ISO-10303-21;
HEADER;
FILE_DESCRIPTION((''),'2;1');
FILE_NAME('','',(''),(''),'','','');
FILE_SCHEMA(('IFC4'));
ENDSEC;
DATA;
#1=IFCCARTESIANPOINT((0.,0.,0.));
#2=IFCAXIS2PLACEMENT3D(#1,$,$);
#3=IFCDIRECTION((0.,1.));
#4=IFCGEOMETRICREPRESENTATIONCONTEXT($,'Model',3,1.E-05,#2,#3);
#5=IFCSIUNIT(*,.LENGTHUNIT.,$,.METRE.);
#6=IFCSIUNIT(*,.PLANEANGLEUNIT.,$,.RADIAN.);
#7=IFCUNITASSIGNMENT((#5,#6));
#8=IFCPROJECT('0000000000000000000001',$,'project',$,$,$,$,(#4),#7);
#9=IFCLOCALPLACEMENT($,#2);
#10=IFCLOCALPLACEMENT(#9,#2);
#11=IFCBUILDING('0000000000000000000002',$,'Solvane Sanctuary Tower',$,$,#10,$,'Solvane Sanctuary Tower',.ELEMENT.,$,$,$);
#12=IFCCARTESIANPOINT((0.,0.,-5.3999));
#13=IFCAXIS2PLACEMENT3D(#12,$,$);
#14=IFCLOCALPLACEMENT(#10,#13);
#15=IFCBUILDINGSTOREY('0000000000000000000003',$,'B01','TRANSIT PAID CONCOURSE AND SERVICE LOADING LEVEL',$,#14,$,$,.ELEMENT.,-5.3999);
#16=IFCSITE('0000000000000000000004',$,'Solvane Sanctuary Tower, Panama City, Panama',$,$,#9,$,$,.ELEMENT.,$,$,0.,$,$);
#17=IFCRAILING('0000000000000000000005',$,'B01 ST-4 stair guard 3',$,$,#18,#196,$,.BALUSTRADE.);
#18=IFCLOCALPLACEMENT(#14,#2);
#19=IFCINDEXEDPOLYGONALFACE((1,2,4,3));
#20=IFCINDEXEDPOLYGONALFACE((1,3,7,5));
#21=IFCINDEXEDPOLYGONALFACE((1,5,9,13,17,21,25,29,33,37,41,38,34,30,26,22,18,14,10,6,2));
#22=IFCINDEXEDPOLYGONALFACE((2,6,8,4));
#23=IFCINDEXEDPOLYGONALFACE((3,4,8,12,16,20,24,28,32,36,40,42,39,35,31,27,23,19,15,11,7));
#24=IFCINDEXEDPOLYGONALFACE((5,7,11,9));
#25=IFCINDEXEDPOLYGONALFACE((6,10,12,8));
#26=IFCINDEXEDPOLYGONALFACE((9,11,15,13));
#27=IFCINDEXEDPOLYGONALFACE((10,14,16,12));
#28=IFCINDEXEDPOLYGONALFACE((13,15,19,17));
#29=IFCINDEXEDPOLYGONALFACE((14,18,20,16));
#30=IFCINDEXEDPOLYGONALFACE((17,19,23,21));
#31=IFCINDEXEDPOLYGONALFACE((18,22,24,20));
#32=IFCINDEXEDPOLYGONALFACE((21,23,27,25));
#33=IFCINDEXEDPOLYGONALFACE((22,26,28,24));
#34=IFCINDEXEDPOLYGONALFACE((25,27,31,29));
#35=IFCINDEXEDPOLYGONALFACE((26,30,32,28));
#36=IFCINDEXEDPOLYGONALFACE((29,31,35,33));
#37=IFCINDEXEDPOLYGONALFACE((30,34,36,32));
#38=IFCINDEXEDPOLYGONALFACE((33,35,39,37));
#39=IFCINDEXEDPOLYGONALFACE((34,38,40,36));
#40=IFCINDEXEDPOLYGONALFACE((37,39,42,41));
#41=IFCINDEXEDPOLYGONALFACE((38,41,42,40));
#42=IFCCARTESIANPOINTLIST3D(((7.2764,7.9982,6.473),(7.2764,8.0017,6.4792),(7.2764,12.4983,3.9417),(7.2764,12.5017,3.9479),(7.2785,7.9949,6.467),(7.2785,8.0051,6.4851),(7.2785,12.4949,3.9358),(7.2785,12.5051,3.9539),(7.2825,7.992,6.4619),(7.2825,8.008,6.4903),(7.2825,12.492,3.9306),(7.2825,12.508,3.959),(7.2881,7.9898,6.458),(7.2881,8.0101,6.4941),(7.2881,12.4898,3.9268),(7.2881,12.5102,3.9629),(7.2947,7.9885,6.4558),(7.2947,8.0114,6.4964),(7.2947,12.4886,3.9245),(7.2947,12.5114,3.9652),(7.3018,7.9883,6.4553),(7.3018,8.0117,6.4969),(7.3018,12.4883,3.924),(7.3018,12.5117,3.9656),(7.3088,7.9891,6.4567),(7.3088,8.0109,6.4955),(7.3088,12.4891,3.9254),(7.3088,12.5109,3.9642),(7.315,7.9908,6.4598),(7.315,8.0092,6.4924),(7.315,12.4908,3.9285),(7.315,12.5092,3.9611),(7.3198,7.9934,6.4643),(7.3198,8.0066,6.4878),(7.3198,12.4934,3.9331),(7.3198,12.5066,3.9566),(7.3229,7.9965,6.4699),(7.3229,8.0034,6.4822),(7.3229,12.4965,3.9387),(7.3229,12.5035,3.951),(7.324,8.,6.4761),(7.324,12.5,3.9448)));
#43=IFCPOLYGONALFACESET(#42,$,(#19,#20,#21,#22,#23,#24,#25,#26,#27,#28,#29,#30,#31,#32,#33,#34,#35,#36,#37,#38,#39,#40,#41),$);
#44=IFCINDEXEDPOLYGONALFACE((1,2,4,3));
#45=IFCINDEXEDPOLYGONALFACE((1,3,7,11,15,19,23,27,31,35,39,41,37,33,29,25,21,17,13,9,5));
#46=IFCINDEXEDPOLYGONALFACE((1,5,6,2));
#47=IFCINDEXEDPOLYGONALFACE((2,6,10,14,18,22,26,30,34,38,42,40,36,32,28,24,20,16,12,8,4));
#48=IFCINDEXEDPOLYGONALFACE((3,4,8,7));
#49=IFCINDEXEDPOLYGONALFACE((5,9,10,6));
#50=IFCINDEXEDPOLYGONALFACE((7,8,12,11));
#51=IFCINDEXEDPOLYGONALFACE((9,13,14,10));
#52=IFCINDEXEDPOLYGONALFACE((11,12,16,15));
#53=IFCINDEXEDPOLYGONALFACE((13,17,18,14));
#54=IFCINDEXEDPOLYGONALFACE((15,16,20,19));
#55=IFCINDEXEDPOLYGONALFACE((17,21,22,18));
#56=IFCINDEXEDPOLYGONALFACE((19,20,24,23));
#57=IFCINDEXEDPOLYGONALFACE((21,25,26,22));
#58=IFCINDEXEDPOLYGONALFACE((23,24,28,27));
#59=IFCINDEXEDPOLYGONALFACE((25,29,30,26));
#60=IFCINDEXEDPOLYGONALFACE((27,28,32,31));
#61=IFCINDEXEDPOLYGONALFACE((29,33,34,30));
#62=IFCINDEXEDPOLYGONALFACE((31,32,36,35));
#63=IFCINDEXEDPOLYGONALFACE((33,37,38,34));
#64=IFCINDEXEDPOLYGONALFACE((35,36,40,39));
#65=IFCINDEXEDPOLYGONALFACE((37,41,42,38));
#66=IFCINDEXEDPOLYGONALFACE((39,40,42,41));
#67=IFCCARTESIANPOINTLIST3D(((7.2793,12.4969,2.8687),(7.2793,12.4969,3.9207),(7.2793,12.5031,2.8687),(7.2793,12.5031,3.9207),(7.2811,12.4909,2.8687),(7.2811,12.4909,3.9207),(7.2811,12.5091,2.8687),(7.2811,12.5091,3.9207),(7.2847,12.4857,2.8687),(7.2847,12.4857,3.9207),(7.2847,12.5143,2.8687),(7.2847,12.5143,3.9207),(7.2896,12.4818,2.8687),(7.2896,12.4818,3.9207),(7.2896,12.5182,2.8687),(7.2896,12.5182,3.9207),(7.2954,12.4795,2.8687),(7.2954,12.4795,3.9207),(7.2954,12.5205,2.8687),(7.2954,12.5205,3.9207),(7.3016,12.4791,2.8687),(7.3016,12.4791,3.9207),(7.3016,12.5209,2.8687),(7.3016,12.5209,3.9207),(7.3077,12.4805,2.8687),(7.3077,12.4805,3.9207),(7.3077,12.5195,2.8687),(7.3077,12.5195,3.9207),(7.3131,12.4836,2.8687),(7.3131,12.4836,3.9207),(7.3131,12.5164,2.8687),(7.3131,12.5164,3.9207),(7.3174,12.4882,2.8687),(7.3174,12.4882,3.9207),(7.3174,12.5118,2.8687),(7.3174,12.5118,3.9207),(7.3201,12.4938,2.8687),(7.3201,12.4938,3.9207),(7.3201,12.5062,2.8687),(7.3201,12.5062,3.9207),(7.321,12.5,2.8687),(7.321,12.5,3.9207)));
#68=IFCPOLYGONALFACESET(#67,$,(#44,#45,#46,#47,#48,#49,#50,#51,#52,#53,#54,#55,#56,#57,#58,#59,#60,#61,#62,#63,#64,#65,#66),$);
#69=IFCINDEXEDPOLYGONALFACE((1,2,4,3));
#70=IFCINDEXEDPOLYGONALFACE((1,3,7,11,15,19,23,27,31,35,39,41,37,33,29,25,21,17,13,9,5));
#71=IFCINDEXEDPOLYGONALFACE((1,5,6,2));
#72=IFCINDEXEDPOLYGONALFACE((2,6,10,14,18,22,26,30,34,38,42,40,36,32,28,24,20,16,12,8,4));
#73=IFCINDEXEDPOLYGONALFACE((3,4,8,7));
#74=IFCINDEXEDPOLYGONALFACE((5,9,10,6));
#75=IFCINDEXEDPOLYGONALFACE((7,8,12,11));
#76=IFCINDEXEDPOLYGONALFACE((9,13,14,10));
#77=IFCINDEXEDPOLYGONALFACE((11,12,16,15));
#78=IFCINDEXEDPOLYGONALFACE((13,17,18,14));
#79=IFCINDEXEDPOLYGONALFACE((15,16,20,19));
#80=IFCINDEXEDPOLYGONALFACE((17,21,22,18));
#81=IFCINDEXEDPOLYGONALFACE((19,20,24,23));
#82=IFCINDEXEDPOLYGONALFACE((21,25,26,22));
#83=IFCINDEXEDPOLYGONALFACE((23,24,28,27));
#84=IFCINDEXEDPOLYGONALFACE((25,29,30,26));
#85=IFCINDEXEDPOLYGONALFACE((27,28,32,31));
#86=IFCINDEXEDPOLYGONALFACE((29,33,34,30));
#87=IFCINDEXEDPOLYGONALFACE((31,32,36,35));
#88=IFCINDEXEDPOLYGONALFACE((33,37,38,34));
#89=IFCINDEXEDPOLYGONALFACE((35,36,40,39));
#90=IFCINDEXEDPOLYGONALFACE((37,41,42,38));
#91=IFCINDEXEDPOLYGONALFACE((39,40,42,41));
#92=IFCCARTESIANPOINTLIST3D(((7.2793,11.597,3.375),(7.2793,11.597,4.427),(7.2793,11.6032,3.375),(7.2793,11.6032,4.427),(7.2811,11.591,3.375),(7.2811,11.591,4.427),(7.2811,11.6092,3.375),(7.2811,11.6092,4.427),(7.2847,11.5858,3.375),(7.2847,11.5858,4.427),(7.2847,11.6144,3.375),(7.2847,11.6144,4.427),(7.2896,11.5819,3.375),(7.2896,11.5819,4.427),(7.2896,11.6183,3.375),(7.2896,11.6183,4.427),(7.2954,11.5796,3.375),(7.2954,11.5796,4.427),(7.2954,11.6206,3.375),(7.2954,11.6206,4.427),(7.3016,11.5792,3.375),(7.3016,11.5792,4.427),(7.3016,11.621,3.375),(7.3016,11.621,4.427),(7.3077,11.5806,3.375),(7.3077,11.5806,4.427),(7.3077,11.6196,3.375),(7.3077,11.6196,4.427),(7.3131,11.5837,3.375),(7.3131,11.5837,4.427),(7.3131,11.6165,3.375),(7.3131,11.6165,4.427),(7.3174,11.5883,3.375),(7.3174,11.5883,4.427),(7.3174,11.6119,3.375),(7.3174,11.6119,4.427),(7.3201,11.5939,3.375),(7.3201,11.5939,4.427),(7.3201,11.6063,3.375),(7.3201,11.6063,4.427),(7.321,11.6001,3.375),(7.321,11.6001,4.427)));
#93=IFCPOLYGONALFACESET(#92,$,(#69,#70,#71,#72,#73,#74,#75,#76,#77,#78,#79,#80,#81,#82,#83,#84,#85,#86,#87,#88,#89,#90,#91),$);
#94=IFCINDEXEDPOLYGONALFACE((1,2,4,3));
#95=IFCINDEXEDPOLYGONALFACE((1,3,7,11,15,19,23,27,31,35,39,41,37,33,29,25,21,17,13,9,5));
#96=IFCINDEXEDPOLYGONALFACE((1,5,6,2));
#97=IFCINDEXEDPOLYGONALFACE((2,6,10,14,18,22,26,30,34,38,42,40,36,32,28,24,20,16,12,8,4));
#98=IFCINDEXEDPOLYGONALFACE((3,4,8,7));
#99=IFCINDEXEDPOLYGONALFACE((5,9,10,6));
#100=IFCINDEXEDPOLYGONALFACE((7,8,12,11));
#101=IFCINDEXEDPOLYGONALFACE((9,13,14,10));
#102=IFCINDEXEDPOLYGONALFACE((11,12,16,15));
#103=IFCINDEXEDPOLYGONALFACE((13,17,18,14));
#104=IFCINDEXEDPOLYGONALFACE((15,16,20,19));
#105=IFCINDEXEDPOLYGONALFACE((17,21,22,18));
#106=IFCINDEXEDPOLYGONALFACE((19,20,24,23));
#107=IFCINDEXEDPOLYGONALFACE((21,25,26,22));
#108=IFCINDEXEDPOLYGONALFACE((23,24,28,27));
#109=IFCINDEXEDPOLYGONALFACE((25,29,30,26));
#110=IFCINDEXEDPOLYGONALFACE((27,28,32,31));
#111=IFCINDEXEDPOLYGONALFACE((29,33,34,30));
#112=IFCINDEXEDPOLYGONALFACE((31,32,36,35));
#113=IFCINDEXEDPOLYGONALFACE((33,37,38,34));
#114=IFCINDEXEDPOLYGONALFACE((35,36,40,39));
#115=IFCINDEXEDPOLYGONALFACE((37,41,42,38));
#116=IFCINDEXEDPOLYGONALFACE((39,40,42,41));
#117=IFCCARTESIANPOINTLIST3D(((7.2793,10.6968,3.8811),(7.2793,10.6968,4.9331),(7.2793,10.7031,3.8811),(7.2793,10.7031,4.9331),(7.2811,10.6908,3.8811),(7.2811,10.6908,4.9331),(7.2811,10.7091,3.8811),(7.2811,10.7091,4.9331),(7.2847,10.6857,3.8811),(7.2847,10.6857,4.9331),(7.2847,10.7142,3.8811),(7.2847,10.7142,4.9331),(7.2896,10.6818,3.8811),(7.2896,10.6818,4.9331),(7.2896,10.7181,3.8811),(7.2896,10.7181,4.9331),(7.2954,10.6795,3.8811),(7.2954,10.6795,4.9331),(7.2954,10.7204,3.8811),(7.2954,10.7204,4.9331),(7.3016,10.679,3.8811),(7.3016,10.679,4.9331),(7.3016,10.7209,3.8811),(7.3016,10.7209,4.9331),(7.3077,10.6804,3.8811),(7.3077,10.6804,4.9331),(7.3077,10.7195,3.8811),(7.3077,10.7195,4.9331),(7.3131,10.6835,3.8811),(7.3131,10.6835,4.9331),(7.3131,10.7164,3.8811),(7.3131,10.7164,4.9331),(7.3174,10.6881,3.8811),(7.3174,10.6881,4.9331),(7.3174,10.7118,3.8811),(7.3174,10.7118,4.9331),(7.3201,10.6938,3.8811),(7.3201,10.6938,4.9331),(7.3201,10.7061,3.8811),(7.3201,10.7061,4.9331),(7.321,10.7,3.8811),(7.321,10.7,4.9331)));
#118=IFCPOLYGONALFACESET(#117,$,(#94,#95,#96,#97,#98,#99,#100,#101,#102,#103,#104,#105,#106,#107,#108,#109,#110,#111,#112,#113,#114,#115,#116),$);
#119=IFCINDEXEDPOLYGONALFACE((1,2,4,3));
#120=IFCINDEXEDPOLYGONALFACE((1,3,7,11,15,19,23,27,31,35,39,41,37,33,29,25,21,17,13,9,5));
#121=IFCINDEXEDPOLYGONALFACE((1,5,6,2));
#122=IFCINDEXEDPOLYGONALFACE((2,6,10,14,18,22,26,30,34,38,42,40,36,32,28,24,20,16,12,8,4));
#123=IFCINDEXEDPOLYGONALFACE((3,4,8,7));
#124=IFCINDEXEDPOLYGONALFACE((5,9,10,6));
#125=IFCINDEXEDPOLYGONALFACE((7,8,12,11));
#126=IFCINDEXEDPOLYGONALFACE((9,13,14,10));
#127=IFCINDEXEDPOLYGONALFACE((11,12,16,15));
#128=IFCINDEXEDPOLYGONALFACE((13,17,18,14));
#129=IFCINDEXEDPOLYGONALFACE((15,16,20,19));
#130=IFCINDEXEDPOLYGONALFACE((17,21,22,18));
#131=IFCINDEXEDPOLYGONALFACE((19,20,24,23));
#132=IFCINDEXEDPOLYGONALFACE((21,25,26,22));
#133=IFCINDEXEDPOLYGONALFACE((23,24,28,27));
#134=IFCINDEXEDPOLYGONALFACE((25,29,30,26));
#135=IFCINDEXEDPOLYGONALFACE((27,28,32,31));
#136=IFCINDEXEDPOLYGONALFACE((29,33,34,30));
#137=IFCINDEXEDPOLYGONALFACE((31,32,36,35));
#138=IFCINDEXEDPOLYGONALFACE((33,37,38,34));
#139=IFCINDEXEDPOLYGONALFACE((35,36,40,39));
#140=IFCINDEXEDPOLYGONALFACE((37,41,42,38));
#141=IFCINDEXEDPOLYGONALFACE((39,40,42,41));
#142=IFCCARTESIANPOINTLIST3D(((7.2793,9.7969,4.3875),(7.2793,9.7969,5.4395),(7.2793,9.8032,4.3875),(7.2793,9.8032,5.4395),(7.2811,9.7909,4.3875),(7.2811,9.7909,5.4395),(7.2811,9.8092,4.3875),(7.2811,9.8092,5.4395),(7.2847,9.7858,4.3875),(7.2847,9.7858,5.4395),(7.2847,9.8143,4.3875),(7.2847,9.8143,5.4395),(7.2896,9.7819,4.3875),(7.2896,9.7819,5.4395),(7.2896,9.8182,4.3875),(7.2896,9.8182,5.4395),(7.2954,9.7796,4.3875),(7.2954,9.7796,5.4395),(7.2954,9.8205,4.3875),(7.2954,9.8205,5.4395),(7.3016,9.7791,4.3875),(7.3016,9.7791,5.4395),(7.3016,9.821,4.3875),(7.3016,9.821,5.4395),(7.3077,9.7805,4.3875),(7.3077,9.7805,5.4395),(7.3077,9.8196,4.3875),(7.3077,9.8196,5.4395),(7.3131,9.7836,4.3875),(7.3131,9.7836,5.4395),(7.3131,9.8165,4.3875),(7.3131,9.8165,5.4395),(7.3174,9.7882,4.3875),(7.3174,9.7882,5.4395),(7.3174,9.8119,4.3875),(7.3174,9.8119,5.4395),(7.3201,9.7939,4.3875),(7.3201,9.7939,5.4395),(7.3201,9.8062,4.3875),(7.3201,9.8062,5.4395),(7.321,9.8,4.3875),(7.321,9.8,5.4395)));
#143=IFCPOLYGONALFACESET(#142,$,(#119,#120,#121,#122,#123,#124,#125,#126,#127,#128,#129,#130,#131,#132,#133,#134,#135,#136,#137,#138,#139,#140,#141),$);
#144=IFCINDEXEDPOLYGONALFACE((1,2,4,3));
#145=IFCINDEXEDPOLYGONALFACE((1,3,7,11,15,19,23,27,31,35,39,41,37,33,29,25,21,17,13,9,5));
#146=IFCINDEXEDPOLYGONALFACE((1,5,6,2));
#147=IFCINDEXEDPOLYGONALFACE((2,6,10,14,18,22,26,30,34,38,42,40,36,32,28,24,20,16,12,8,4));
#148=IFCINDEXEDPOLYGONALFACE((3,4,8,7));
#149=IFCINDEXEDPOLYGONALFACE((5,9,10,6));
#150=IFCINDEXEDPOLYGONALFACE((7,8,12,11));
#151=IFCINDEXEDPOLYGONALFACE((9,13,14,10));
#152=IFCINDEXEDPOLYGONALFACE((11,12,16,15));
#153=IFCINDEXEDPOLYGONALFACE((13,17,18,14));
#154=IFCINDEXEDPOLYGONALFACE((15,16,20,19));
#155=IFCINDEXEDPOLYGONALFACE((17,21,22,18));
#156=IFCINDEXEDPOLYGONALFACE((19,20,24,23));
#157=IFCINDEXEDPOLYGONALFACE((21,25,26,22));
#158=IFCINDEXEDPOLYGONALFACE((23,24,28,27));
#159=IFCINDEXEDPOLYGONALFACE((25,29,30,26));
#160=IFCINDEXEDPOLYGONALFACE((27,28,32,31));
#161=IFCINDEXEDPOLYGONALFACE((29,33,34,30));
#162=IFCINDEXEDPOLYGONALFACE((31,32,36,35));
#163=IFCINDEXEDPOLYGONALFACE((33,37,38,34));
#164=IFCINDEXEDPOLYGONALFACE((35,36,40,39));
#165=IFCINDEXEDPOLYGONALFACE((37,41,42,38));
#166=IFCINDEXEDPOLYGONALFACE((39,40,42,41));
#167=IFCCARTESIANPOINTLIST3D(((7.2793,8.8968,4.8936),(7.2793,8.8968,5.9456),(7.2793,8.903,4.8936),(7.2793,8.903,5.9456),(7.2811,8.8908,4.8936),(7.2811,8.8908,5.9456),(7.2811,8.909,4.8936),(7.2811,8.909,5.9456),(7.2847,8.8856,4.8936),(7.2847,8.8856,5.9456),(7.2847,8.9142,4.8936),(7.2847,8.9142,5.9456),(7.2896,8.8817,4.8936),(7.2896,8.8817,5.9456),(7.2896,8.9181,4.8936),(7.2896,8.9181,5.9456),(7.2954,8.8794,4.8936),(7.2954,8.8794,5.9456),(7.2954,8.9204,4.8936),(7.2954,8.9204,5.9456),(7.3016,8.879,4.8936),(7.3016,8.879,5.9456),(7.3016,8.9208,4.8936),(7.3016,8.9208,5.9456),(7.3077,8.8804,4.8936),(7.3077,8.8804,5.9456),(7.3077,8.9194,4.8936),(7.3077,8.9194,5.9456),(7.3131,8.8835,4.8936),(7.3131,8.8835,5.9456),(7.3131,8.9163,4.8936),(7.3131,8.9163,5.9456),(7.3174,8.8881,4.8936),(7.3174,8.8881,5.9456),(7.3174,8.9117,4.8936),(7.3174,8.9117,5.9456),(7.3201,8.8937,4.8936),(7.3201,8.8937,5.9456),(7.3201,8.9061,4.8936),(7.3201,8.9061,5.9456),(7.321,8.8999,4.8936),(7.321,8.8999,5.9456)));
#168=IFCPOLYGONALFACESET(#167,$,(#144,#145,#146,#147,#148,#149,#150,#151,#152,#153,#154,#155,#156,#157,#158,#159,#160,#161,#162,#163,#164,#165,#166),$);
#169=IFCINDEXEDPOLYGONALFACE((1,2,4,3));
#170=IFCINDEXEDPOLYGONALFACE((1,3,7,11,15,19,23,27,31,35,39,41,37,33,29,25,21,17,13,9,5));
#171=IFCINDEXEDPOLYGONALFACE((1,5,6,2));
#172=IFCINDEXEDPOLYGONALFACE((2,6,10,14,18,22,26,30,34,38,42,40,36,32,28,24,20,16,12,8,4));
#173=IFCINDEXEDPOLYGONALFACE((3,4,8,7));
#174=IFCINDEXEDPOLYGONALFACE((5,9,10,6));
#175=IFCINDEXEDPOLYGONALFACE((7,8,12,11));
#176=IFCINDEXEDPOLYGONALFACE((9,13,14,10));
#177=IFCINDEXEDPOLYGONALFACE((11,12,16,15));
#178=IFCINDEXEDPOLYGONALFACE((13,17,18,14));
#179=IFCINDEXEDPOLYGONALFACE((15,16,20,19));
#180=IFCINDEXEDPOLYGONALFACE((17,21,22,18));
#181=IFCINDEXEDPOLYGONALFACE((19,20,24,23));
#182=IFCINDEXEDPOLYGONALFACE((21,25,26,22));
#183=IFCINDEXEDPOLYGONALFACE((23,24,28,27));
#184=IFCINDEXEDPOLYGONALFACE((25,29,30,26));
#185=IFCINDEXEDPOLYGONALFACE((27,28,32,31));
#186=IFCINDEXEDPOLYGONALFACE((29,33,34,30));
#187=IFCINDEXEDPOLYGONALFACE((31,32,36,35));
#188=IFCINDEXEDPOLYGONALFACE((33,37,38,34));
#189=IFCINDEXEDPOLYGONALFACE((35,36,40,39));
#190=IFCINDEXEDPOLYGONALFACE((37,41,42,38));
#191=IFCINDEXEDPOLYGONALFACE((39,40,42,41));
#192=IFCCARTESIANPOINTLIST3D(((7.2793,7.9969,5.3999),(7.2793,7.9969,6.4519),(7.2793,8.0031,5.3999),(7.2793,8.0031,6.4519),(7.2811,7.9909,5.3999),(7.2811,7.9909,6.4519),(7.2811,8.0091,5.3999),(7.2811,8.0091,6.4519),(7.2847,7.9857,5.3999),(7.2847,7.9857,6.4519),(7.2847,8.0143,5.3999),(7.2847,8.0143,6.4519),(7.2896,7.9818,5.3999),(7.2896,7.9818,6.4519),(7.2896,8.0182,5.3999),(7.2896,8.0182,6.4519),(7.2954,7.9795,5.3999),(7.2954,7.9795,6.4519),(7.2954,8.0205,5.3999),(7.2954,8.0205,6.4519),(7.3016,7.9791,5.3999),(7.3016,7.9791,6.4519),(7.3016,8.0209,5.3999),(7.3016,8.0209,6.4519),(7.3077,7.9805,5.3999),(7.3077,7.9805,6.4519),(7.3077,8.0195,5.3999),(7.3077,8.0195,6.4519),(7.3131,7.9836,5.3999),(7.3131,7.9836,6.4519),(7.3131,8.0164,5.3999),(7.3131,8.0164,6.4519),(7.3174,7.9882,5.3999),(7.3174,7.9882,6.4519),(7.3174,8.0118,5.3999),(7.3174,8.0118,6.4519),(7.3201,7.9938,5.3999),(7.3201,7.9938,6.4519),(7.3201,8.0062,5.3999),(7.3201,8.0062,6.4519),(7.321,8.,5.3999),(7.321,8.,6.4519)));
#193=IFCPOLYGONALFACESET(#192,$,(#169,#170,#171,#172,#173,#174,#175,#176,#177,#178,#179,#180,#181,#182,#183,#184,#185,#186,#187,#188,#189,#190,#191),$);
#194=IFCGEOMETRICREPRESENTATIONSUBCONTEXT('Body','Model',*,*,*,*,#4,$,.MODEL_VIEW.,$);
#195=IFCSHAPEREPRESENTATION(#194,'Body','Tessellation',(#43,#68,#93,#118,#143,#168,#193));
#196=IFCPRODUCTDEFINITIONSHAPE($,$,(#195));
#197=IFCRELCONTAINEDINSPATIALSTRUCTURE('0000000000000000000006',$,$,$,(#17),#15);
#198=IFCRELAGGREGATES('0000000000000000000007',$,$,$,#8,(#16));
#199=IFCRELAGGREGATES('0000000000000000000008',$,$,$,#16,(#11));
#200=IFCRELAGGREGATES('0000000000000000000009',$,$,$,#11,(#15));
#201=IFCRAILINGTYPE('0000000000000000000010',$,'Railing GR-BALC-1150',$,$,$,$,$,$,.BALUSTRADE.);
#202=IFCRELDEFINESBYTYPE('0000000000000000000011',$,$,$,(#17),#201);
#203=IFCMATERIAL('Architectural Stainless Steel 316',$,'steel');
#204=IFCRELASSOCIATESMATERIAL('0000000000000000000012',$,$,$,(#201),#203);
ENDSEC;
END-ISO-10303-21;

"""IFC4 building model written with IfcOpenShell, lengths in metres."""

from ifc_helpers import new_model, si_unit, direction, frame, origin, origin_2d, place, context, subcontext, project, spatial, circle, extrude, material, type_object, element, save


model = new_model("IFC4")

# Units and contexts
model_context = context("Model", 3, precision=1e-05, world=origin(), true_north=direction((0.0, 1.0)))
body_context = subcontext(model_context, "Body", "Model", "MODEL_VIEW")
ifc_project = project(units=[si_unit("LENGTHUNIT", "METRE"), si_unit("PLANEANGLEUNIT", "RADIAN")], contexts=[model_context])

# Site, building, storey
site_placement = place(None, origin())
site = spatial("IfcSite", under=ifc_project, at=site_placement, Name="Solvane Sanctuary Tower, Panama City, Panama", CompositionType="ELEMENT", RefElevation=0.0)
building_placement = place(site_placement, origin())
building = spatial("IfcBuilding", under=site, at=building_placement, Name="Solvane Sanctuary Tower", LongName="Solvane Sanctuary Tower", CompositionType="ELEMENT")
storey_placement = place(building_placement, frame((0.0, 0.0, -5.3999)))
storey = spatial("IfcBuildingStorey", under=building, at=storey_placement, Name="B01", Description="TRANSIT PAID CONCOURSE AND SERVICE LOADING LEVEL", CompositionType="ELEMENT", Elevation=-5.3999)

# Shared definitions
ifc_material_1 = material(Name="Architectural Stainless Steel 316", Category="steel")

# Railing
railing_type_1 = type_object("IfcRailingType", Name="Railing GR-BALC-1150", PredefinedType="BALUSTRADE", material=ifc_material_1)
railing_1_placement = place(storey_placement, frame((7.3, 12.5, 2.8687)))
element("IfcRailing", 1, at=railing_1_placement, inside=storey, type_object=railing_type_1, Name="B01 ST-4 stair guard 3", PredefinedType="BALUSTRADE", context=body_context, shape_type="SweptSolid", body=[
    extrude(circle(Radius=0.0239, at=origin_2d()), frame((0.0, 0.0, 1.0762), z_axis=(0.0, -0.871576, 0.490261), x_axis=(1.0, 0.0, 0.0)), (0.0, 0.0, 1.0), 5.1631),
    extrude(circle(Radius=0.021, at=origin_2d()), origin(), (0.0, 0.0, 1.0), 1.052),
    extrude(circle(Radius=0.021, at=origin_2d()), frame((0.0, -0.8999, 0.5063)), (0.0, 0.0, 1.0), 1.052),
    extrude(circle(Radius=0.021, at=origin_2d()), frame((0.0, -1.8, 1.0125)), (0.0, 0.0, 1.0), 1.052),
    extrude(circle(Radius=0.021, at=origin_2d()), frame((0.0, -2.7, 1.5188)), (0.0, 0.0, 1.0), 1.052),
    extrude(circle(Radius=0.021, at=origin_2d()), frame((0.0, -3.6001, 2.0249)), (0.0, 0.0, 1.0), 1.052),
    extrude(circle(Radius=0.021, at=origin_2d()), frame((0.0, -4.5, 2.5312)), (0.0, 0.0, 1.0), 1.052),
])

save(model, "model.ifc")
